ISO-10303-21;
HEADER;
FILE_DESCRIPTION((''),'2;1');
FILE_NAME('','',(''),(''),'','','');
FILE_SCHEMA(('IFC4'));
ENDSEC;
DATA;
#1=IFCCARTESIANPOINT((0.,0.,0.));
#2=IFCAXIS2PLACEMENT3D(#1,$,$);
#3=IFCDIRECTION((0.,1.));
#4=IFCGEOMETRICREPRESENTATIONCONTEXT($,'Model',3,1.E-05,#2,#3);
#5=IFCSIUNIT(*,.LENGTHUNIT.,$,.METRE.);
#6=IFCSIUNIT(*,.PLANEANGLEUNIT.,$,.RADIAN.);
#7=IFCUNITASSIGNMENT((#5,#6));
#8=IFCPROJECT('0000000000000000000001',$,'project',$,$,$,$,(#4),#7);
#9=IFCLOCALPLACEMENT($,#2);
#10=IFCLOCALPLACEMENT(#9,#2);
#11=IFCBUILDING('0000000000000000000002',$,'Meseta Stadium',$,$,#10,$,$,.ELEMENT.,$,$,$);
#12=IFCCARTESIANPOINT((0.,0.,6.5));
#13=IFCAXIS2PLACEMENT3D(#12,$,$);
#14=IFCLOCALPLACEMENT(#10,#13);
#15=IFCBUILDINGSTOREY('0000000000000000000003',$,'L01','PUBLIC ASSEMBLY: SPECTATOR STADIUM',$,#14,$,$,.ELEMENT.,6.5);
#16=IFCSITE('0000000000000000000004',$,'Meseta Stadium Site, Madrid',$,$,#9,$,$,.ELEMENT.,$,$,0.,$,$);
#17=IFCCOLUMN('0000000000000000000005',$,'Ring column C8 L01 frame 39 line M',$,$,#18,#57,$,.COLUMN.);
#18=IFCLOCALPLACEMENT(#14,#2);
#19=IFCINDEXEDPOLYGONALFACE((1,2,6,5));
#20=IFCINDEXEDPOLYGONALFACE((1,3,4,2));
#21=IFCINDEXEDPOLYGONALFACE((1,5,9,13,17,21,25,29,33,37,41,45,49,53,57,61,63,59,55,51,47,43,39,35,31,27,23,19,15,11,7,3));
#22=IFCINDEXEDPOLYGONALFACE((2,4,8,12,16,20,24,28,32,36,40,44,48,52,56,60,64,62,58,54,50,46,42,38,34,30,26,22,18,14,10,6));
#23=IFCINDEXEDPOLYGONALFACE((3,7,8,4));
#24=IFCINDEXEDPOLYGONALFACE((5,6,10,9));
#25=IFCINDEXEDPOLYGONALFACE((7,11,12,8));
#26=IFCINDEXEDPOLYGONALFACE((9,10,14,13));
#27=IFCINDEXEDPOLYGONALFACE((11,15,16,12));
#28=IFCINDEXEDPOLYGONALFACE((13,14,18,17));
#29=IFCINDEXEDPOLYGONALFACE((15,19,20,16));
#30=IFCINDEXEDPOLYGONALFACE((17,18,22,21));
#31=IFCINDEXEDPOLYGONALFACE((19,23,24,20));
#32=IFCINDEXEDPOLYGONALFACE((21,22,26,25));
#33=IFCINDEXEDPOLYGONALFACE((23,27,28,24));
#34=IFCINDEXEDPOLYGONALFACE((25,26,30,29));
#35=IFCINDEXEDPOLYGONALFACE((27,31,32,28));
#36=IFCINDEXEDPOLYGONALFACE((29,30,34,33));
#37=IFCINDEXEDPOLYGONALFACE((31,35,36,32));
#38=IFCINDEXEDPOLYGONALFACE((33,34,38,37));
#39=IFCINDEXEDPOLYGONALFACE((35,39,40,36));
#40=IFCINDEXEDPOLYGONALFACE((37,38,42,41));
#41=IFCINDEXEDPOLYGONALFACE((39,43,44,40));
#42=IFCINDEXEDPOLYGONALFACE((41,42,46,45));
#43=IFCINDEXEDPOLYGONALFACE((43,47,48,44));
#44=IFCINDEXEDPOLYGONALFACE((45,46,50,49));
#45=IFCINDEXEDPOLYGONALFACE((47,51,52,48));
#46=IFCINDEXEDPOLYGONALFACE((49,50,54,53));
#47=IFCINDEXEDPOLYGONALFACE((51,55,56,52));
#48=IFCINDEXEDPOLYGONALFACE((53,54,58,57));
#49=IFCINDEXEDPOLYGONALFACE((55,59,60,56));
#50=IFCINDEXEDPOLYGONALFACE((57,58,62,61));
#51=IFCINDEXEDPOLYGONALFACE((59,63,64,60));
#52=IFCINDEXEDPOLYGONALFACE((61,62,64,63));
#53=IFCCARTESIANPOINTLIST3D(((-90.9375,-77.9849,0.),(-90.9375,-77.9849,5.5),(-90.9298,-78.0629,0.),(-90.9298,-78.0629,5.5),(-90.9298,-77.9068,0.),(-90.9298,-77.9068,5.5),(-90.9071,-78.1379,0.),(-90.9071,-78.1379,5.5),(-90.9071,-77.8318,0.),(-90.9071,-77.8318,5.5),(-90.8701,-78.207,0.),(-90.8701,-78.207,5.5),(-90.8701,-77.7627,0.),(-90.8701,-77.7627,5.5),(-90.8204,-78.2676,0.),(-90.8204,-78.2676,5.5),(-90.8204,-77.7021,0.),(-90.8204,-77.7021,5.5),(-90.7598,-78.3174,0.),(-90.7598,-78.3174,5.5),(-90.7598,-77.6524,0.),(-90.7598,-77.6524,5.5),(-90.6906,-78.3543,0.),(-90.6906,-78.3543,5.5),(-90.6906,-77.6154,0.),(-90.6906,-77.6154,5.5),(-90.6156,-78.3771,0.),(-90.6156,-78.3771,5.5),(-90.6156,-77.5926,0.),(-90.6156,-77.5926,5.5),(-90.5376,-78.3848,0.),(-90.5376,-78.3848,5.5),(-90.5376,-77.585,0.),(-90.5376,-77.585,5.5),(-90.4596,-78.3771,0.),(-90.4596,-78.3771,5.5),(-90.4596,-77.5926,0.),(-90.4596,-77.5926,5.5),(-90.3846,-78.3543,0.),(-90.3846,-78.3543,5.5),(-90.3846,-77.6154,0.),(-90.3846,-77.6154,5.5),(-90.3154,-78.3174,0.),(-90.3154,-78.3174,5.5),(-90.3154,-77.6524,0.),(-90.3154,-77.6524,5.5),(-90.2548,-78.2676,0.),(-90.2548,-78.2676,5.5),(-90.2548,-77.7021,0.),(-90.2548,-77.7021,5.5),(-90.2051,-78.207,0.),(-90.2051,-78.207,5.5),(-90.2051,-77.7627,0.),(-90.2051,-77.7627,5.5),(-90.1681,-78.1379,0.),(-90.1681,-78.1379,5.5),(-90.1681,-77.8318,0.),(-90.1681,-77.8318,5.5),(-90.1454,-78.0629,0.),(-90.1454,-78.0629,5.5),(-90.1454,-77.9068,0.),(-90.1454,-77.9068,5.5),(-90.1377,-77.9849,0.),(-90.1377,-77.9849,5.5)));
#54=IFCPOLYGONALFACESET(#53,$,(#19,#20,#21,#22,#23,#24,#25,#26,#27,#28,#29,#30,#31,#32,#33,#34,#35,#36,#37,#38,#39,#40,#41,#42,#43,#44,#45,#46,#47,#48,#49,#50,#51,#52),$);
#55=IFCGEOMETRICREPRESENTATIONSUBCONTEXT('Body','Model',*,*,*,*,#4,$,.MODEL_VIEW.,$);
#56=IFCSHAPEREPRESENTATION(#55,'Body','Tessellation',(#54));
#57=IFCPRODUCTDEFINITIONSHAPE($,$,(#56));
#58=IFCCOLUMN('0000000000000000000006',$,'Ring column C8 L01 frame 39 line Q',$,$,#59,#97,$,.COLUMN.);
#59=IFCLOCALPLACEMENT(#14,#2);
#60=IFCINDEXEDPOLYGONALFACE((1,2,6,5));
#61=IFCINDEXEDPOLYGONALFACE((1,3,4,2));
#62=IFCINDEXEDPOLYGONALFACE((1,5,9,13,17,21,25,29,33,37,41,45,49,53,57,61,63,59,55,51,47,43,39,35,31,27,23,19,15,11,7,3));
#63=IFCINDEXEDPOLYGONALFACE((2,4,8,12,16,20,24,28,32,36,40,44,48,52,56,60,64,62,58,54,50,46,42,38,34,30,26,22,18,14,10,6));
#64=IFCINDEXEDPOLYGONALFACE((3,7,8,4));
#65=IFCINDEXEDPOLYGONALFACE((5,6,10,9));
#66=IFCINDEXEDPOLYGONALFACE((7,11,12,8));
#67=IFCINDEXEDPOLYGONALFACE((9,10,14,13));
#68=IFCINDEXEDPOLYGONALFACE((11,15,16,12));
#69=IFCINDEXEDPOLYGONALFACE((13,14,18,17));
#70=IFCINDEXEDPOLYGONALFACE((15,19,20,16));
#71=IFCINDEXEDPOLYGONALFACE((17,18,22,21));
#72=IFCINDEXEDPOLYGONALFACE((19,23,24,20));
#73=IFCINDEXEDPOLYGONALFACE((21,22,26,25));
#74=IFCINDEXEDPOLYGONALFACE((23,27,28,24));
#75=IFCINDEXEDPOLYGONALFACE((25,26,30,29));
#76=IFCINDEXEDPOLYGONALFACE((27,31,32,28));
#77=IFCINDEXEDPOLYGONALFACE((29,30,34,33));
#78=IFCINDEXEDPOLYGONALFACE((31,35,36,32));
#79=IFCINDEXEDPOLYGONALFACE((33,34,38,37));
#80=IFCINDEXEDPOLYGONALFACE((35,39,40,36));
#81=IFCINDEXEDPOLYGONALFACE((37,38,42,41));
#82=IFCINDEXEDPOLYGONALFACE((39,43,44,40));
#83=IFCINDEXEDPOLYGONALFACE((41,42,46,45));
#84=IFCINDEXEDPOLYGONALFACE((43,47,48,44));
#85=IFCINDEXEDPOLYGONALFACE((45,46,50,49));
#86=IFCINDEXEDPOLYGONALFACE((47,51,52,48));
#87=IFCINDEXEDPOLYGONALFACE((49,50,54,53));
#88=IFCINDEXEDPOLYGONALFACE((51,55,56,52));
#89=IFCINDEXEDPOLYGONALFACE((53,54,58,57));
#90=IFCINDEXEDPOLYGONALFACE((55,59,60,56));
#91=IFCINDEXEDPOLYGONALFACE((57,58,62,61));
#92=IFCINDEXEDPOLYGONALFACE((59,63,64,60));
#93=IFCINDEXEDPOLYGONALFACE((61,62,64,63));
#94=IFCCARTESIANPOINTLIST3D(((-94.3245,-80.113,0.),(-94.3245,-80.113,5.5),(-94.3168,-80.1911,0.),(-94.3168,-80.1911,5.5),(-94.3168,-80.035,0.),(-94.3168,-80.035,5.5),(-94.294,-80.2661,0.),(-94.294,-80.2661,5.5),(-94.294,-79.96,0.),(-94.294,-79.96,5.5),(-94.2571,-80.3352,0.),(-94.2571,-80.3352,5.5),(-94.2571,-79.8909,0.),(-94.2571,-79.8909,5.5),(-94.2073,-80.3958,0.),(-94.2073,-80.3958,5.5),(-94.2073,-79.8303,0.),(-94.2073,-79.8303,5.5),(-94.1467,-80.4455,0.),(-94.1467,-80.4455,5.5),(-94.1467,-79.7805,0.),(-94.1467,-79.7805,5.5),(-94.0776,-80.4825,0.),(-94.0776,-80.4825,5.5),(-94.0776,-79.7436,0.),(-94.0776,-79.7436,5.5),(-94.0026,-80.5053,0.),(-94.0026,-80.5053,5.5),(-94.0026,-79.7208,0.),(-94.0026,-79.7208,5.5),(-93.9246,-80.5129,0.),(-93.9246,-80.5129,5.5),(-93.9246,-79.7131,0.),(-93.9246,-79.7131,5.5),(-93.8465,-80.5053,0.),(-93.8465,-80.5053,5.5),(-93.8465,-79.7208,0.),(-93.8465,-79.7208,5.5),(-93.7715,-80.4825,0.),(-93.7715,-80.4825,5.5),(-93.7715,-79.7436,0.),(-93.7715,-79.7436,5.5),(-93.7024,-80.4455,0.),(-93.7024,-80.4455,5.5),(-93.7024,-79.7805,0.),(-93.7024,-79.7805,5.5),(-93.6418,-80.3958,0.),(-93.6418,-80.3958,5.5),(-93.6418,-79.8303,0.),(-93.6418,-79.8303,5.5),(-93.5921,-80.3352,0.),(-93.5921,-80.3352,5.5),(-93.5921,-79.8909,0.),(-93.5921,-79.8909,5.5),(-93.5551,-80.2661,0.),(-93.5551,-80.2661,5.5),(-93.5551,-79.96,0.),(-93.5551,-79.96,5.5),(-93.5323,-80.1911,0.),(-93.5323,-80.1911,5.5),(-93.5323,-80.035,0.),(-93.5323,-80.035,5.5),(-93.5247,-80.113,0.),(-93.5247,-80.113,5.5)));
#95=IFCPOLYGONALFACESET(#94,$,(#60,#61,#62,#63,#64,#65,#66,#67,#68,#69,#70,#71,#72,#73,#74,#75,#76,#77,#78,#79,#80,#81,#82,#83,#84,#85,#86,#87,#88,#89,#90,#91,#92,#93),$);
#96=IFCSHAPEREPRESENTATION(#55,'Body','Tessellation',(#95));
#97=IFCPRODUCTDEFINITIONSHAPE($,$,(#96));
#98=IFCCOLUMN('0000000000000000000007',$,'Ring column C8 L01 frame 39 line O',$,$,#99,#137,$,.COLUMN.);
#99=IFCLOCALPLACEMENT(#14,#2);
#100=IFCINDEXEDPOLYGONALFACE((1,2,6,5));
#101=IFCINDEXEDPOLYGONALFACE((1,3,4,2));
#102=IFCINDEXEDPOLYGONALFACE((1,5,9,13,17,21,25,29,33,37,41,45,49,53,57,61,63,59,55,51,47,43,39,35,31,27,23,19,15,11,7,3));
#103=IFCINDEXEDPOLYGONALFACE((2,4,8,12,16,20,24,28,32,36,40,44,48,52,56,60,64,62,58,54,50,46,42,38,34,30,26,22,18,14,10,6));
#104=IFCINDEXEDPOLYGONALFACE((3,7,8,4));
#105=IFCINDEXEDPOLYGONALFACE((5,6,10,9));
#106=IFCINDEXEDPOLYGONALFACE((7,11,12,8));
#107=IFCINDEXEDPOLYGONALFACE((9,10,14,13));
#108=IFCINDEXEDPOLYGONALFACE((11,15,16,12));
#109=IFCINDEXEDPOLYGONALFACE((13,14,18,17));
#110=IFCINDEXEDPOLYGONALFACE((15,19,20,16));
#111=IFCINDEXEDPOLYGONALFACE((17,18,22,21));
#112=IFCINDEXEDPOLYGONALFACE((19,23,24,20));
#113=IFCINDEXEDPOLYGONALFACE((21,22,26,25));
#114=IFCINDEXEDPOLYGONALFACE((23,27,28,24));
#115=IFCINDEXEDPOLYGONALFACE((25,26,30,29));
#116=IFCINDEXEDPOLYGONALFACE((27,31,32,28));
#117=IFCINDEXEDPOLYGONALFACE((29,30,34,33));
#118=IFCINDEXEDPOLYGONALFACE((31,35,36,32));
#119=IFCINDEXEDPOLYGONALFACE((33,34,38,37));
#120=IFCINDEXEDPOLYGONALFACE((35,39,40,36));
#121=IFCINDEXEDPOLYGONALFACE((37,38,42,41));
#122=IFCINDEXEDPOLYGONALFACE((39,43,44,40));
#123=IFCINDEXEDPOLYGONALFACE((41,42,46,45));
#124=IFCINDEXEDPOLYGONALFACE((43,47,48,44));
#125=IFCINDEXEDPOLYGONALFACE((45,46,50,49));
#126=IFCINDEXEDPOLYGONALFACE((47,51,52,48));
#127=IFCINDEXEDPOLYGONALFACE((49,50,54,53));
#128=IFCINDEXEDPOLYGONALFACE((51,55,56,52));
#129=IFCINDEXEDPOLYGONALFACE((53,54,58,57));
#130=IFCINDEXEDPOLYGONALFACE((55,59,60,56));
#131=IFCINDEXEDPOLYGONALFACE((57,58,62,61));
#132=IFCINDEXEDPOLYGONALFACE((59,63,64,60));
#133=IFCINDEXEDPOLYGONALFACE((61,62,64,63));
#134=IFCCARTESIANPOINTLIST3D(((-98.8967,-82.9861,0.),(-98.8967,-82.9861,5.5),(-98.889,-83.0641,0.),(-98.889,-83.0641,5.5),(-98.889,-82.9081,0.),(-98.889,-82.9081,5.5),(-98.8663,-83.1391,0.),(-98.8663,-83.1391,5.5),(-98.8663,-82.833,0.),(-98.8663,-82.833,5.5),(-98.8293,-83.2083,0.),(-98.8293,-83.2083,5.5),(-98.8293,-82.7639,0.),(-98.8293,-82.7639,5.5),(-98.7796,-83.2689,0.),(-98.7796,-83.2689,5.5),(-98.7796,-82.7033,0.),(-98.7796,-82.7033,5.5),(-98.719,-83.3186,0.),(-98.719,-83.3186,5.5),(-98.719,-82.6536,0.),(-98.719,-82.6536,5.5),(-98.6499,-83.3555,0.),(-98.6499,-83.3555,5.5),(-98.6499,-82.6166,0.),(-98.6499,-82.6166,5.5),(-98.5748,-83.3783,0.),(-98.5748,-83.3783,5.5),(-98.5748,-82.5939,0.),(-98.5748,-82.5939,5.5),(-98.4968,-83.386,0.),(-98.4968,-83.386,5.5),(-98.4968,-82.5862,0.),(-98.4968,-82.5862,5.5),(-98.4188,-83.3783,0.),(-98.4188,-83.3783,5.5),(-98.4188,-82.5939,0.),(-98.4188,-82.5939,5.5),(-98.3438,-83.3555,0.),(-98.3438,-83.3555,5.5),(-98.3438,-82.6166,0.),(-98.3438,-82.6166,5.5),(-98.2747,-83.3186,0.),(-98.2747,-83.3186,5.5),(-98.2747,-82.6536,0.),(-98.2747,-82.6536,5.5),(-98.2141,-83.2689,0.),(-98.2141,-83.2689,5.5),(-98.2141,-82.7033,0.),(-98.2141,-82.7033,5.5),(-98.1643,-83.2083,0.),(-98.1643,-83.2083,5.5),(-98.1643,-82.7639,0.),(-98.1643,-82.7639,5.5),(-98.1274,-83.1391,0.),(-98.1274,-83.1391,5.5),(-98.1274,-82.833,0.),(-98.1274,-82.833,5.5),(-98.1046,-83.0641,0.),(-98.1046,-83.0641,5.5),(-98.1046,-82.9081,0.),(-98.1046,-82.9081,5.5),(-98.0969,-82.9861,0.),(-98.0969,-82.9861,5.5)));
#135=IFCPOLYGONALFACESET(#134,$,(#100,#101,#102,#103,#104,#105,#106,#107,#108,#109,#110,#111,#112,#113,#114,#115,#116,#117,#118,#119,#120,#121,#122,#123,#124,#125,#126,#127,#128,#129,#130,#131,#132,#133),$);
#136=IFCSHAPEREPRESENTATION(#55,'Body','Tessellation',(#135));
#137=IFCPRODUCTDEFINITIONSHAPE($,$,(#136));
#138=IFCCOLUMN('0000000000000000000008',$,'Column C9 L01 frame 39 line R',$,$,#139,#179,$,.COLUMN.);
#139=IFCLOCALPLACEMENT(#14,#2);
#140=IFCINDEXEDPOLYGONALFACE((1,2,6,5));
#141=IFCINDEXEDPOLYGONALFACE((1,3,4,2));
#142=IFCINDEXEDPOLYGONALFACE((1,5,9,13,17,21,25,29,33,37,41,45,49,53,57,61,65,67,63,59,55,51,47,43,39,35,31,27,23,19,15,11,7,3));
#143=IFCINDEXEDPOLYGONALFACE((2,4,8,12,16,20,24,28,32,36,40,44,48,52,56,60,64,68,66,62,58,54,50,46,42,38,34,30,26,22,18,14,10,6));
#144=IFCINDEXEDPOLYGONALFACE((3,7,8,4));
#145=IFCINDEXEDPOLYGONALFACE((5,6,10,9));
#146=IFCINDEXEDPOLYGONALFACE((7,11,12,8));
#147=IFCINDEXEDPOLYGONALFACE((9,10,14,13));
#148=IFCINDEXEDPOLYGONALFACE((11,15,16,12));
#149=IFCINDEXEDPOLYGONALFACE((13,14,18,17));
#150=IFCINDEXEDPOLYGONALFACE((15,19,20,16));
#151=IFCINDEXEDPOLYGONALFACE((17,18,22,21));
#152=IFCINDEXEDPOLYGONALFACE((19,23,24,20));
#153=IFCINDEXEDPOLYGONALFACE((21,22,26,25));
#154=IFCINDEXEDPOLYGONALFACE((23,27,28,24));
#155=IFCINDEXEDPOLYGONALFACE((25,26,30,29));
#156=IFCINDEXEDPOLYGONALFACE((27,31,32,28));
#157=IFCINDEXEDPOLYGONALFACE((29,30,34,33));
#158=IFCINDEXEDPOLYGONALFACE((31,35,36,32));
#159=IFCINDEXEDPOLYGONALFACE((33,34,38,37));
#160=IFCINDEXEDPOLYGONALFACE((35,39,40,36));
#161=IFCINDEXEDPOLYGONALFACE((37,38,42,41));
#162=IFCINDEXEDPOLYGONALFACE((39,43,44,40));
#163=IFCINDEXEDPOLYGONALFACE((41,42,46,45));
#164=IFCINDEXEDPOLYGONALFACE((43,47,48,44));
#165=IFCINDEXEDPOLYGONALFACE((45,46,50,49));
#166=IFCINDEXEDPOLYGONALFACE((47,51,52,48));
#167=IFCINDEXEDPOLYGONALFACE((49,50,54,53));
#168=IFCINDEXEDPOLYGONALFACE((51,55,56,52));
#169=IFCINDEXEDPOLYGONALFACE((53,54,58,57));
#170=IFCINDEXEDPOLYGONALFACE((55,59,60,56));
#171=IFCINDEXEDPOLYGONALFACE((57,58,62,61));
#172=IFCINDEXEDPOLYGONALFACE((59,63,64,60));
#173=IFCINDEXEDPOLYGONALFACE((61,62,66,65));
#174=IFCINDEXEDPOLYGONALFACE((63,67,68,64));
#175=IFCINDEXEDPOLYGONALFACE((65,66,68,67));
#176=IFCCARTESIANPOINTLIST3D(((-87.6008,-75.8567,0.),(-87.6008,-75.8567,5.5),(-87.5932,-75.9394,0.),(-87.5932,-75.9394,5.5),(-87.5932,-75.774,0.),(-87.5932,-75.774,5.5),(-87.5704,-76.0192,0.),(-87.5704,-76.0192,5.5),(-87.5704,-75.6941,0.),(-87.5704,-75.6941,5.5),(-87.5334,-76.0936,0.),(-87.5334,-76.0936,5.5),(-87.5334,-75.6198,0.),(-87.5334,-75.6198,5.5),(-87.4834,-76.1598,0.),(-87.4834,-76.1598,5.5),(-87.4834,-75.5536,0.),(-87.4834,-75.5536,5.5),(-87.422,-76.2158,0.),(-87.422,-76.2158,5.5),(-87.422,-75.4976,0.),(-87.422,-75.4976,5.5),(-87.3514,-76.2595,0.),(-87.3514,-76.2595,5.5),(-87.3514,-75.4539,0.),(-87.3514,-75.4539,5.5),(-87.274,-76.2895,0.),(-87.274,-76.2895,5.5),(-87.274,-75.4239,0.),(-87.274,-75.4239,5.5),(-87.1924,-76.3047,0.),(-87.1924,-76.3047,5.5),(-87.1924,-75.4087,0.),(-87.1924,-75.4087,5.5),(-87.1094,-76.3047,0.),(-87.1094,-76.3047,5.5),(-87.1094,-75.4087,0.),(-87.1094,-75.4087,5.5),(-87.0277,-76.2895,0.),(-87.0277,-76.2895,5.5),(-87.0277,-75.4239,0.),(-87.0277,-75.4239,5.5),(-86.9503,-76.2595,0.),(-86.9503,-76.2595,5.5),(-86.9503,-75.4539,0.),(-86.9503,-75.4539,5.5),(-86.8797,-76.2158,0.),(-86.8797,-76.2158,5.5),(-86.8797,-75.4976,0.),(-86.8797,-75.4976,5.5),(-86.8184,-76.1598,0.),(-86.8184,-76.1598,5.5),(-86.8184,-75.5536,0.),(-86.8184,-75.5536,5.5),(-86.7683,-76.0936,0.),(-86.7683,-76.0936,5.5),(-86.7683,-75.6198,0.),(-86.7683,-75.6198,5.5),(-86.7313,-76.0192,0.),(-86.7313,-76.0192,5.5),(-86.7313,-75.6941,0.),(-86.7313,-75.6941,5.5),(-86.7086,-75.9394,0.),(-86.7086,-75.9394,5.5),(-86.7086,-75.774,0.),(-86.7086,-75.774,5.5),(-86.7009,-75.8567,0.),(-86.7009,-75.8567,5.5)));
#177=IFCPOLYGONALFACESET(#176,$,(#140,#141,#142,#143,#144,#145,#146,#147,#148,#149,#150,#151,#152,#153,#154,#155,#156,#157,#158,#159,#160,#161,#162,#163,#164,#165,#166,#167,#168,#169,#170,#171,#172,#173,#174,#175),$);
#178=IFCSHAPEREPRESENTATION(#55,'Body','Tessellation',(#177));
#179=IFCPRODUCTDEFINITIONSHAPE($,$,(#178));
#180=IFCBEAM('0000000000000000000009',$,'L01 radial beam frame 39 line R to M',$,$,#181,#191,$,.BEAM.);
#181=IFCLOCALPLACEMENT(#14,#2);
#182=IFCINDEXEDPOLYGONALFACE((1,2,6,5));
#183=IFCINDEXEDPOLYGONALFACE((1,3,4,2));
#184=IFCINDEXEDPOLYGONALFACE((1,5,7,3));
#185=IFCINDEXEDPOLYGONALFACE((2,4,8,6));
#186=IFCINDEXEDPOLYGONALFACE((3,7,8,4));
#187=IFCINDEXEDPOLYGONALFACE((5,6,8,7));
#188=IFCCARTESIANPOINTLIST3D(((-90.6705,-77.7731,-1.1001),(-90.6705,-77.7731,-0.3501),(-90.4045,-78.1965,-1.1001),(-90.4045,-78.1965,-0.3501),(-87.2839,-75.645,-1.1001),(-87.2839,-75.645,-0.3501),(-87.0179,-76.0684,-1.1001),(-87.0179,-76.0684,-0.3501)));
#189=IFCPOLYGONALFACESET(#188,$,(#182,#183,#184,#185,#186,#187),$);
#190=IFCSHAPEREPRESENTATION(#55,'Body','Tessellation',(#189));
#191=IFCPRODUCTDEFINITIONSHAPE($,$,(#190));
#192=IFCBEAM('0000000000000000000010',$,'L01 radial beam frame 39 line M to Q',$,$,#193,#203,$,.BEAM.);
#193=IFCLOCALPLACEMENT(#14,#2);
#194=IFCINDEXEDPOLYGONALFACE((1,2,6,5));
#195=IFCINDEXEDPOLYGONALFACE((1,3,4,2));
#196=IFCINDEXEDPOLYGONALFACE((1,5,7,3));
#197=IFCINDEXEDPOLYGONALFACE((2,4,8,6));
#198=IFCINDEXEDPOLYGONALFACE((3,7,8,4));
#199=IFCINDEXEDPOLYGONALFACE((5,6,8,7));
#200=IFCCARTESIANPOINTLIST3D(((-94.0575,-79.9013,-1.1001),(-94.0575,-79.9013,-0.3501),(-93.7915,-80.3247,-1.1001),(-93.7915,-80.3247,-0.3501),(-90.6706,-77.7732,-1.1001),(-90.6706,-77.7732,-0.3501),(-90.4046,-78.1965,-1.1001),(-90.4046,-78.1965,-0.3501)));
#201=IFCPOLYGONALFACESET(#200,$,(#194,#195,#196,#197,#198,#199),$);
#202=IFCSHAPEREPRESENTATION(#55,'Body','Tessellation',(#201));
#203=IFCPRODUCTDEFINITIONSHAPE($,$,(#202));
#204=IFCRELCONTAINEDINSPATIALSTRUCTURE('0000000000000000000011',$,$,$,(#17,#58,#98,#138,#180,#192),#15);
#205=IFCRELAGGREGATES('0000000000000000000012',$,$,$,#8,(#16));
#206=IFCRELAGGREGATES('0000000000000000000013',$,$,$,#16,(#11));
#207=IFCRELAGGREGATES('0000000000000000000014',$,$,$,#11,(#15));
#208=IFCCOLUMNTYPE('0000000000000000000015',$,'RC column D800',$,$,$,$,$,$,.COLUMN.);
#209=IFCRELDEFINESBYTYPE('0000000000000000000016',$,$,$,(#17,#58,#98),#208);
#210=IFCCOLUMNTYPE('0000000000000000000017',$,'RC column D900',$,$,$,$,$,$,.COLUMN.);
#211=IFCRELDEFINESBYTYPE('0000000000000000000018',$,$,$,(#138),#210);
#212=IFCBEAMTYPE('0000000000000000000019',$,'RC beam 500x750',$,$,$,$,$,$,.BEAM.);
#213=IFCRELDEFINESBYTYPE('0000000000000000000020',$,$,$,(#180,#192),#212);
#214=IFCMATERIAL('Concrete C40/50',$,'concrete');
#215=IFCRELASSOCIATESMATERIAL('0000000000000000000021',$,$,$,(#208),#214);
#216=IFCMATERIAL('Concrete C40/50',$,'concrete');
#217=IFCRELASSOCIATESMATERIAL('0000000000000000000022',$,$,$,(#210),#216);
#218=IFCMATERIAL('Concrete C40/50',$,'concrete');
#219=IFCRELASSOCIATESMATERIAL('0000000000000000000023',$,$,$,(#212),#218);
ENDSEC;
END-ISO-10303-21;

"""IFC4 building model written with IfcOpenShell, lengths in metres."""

from ifc_helpers import new_model, si_unit, direction, frame, origin, origin_2d, place, context, subcontext, project, spatial, rectangle, circle, extrude, material, material_profile, profile_set, type_object, element, save


model = new_model("IFC4")

# Units and contexts
model_context = context("Model", 3, precision=1e-05, world=origin(), true_north=direction((0.0, 1.0)))
body_context = subcontext(model_context, "Body", "Model", "MODEL_VIEW")
ifc_project = project(units=[si_unit("LENGTHUNIT", "METRE"), si_unit("PLANEANGLEUNIT", "RADIAN")], contexts=[model_context])

# Site, building, storey
site_placement = place(None, origin())
site = spatial("IfcSite", under=ifc_project, at=site_placement, Name="Meseta Stadium Site, Madrid", CompositionType="ELEMENT", RefElevation=0.0)
building_placement = place(site_placement, origin())
building = spatial("IfcBuilding", under=site, at=building_placement, Name="Meseta Stadium", CompositionType="ELEMENT")
storey_placement = place(building_placement, frame((0.0, 0.0, 6.5)))
storey = spatial("IfcBuildingStorey", under=building, at=storey_placement, Name="L01", Description="PUBLIC ASSEMBLY: SPECTATOR STADIUM", CompositionType="ELEMENT", Elevation=6.5)

# Columns
ifc_material_1 = material(Name="Concrete C40/50", Category="concrete")
ifc_material_profile_1 = material_profile(ifc_material_1, circle(Radius=0.3999, at=origin_2d()), Name="RC D800")
ifc_profile_set_1 = profile_set([ifc_material_profile_1], Name="Concrete C40/50")
column_type_1 = type_object("IfcColumnType", Name="RC column D800", PredefinedType="COLUMN", material=ifc_profile_set_1)
for number, where, z_axis, x_axis, name in (
    (1, (-90.5376, -77.9849, 0.0), (0.0, 0.0, 1.0), (1.0, 0.0, 0.0), "Ring column C8 L01 frame 39 line M"),
    (2, (-93.9246, -80.113, 0.0), (0.0, 0.0, 1.0), (1.0, 0.0, 0.0), "Ring column C8 L01 frame 39 line Q"),
    (3, (-98.4968, -82.9861, 0.0), (0.0, 0.0, 1.0), (1.0, 0.0, 0.0), "Ring column C8 L01 frame 39 line O"),
):
    element("IfcColumn", number, at=place(storey_placement, frame(where, z_axis=z_axis, x_axis=x_axis)), inside=storey, type_object=column_type_1, Name=name, PredefinedType="COLUMN", context=body_context, shape_type="SweptSolid", body=[
        extrude(circle(Radius=0.3999, at=origin_2d()), origin(), (0.0, 0.0, 1.0), 5.5),
    ])
ifc_material_2 = material(Name="Concrete C40/50", Category="concrete")
ifc_material_profile_2 = material_profile(ifc_material_2, circle(Radius=0.45, at=origin_2d()), Name="RC D900")
ifc_profile_set_2 = profile_set([ifc_material_profile_2], Name="Concrete C40/50")
column_type_2 = type_object("IfcColumnType", Name="RC column D900", PredefinedType="COLUMN", material=ifc_profile_set_2)
column_placement = place(storey_placement, frame((-87.1509, -75.8567, 0.0), z_axis=(0.0, 0.0, 1.0), x_axis=(1.0, 0.0, 0.0)))
element("IfcColumn", 4, at=column_placement, inside=storey, type_object=column_type_2, Name="Column C9 L01 frame 39 line R", PredefinedType="COLUMN", context=body_context, shape_type="SweptSolid", body=[
    extrude(circle(Radius=0.45, at=origin_2d()), origin(), (0.0, 0.0, 1.0), 5.5),
])

# Beams
ifc_material_3 = material(Name="Concrete C40/50", Category="concrete")
ifc_material_profile_3 = material_profile(ifc_material_3, rectangle(XDim=0.5, YDim=0.75, at=origin_2d()), Name="RC 500x750")
ifc_profile_set_3 = profile_set([ifc_material_profile_3], Name="Concrete C40/50")
beam_type_1 = type_object("IfcBeamType", Name="RC beam 500x750", PredefinedType="BEAM", material=ifc_profile_set_3)
beam_1_placement = place(storey_placement, frame((-87.1509, -75.8567, -0.7251), z_axis=(-0.846706, -0.53206, 0.0), x_axis=(0.53206, -0.846706, 0.0)))
element("IfcBeam", 5, at=beam_1_placement, inside=storey, type_object=beam_type_1, Name="L01 radial beam frame 39 line R to M", PredefinedType="BEAM", context=body_context, shape_type="SweptSolid", body=[
    extrude(rectangle(XDim=0.5, YDim=0.75, at=origin_2d()), origin(), (0.0, 0.0, 1.0), 3.9998),
])
beam_2_placement = place(storey_placement, frame((-90.5376, -77.9849, -0.7251), z_axis=(-0.846724, -0.532033, 0.0), x_axis=(0.532033, -0.846724, 0.0)))
element("IfcBeam", 6, at=beam_2_placement, inside=storey, type_object=beam_type_1, Name="L01 radial beam frame 39 line M to Q", PredefinedType="BEAM", context=body_context, shape_type="SweptSolid", body=[
    extrude(rectangle(XDim=0.5, YDim=0.75, at=origin_2d()), origin(), (0.0, 0.0, 1.0), 4.0),
])

save(model, "model.ifc")
